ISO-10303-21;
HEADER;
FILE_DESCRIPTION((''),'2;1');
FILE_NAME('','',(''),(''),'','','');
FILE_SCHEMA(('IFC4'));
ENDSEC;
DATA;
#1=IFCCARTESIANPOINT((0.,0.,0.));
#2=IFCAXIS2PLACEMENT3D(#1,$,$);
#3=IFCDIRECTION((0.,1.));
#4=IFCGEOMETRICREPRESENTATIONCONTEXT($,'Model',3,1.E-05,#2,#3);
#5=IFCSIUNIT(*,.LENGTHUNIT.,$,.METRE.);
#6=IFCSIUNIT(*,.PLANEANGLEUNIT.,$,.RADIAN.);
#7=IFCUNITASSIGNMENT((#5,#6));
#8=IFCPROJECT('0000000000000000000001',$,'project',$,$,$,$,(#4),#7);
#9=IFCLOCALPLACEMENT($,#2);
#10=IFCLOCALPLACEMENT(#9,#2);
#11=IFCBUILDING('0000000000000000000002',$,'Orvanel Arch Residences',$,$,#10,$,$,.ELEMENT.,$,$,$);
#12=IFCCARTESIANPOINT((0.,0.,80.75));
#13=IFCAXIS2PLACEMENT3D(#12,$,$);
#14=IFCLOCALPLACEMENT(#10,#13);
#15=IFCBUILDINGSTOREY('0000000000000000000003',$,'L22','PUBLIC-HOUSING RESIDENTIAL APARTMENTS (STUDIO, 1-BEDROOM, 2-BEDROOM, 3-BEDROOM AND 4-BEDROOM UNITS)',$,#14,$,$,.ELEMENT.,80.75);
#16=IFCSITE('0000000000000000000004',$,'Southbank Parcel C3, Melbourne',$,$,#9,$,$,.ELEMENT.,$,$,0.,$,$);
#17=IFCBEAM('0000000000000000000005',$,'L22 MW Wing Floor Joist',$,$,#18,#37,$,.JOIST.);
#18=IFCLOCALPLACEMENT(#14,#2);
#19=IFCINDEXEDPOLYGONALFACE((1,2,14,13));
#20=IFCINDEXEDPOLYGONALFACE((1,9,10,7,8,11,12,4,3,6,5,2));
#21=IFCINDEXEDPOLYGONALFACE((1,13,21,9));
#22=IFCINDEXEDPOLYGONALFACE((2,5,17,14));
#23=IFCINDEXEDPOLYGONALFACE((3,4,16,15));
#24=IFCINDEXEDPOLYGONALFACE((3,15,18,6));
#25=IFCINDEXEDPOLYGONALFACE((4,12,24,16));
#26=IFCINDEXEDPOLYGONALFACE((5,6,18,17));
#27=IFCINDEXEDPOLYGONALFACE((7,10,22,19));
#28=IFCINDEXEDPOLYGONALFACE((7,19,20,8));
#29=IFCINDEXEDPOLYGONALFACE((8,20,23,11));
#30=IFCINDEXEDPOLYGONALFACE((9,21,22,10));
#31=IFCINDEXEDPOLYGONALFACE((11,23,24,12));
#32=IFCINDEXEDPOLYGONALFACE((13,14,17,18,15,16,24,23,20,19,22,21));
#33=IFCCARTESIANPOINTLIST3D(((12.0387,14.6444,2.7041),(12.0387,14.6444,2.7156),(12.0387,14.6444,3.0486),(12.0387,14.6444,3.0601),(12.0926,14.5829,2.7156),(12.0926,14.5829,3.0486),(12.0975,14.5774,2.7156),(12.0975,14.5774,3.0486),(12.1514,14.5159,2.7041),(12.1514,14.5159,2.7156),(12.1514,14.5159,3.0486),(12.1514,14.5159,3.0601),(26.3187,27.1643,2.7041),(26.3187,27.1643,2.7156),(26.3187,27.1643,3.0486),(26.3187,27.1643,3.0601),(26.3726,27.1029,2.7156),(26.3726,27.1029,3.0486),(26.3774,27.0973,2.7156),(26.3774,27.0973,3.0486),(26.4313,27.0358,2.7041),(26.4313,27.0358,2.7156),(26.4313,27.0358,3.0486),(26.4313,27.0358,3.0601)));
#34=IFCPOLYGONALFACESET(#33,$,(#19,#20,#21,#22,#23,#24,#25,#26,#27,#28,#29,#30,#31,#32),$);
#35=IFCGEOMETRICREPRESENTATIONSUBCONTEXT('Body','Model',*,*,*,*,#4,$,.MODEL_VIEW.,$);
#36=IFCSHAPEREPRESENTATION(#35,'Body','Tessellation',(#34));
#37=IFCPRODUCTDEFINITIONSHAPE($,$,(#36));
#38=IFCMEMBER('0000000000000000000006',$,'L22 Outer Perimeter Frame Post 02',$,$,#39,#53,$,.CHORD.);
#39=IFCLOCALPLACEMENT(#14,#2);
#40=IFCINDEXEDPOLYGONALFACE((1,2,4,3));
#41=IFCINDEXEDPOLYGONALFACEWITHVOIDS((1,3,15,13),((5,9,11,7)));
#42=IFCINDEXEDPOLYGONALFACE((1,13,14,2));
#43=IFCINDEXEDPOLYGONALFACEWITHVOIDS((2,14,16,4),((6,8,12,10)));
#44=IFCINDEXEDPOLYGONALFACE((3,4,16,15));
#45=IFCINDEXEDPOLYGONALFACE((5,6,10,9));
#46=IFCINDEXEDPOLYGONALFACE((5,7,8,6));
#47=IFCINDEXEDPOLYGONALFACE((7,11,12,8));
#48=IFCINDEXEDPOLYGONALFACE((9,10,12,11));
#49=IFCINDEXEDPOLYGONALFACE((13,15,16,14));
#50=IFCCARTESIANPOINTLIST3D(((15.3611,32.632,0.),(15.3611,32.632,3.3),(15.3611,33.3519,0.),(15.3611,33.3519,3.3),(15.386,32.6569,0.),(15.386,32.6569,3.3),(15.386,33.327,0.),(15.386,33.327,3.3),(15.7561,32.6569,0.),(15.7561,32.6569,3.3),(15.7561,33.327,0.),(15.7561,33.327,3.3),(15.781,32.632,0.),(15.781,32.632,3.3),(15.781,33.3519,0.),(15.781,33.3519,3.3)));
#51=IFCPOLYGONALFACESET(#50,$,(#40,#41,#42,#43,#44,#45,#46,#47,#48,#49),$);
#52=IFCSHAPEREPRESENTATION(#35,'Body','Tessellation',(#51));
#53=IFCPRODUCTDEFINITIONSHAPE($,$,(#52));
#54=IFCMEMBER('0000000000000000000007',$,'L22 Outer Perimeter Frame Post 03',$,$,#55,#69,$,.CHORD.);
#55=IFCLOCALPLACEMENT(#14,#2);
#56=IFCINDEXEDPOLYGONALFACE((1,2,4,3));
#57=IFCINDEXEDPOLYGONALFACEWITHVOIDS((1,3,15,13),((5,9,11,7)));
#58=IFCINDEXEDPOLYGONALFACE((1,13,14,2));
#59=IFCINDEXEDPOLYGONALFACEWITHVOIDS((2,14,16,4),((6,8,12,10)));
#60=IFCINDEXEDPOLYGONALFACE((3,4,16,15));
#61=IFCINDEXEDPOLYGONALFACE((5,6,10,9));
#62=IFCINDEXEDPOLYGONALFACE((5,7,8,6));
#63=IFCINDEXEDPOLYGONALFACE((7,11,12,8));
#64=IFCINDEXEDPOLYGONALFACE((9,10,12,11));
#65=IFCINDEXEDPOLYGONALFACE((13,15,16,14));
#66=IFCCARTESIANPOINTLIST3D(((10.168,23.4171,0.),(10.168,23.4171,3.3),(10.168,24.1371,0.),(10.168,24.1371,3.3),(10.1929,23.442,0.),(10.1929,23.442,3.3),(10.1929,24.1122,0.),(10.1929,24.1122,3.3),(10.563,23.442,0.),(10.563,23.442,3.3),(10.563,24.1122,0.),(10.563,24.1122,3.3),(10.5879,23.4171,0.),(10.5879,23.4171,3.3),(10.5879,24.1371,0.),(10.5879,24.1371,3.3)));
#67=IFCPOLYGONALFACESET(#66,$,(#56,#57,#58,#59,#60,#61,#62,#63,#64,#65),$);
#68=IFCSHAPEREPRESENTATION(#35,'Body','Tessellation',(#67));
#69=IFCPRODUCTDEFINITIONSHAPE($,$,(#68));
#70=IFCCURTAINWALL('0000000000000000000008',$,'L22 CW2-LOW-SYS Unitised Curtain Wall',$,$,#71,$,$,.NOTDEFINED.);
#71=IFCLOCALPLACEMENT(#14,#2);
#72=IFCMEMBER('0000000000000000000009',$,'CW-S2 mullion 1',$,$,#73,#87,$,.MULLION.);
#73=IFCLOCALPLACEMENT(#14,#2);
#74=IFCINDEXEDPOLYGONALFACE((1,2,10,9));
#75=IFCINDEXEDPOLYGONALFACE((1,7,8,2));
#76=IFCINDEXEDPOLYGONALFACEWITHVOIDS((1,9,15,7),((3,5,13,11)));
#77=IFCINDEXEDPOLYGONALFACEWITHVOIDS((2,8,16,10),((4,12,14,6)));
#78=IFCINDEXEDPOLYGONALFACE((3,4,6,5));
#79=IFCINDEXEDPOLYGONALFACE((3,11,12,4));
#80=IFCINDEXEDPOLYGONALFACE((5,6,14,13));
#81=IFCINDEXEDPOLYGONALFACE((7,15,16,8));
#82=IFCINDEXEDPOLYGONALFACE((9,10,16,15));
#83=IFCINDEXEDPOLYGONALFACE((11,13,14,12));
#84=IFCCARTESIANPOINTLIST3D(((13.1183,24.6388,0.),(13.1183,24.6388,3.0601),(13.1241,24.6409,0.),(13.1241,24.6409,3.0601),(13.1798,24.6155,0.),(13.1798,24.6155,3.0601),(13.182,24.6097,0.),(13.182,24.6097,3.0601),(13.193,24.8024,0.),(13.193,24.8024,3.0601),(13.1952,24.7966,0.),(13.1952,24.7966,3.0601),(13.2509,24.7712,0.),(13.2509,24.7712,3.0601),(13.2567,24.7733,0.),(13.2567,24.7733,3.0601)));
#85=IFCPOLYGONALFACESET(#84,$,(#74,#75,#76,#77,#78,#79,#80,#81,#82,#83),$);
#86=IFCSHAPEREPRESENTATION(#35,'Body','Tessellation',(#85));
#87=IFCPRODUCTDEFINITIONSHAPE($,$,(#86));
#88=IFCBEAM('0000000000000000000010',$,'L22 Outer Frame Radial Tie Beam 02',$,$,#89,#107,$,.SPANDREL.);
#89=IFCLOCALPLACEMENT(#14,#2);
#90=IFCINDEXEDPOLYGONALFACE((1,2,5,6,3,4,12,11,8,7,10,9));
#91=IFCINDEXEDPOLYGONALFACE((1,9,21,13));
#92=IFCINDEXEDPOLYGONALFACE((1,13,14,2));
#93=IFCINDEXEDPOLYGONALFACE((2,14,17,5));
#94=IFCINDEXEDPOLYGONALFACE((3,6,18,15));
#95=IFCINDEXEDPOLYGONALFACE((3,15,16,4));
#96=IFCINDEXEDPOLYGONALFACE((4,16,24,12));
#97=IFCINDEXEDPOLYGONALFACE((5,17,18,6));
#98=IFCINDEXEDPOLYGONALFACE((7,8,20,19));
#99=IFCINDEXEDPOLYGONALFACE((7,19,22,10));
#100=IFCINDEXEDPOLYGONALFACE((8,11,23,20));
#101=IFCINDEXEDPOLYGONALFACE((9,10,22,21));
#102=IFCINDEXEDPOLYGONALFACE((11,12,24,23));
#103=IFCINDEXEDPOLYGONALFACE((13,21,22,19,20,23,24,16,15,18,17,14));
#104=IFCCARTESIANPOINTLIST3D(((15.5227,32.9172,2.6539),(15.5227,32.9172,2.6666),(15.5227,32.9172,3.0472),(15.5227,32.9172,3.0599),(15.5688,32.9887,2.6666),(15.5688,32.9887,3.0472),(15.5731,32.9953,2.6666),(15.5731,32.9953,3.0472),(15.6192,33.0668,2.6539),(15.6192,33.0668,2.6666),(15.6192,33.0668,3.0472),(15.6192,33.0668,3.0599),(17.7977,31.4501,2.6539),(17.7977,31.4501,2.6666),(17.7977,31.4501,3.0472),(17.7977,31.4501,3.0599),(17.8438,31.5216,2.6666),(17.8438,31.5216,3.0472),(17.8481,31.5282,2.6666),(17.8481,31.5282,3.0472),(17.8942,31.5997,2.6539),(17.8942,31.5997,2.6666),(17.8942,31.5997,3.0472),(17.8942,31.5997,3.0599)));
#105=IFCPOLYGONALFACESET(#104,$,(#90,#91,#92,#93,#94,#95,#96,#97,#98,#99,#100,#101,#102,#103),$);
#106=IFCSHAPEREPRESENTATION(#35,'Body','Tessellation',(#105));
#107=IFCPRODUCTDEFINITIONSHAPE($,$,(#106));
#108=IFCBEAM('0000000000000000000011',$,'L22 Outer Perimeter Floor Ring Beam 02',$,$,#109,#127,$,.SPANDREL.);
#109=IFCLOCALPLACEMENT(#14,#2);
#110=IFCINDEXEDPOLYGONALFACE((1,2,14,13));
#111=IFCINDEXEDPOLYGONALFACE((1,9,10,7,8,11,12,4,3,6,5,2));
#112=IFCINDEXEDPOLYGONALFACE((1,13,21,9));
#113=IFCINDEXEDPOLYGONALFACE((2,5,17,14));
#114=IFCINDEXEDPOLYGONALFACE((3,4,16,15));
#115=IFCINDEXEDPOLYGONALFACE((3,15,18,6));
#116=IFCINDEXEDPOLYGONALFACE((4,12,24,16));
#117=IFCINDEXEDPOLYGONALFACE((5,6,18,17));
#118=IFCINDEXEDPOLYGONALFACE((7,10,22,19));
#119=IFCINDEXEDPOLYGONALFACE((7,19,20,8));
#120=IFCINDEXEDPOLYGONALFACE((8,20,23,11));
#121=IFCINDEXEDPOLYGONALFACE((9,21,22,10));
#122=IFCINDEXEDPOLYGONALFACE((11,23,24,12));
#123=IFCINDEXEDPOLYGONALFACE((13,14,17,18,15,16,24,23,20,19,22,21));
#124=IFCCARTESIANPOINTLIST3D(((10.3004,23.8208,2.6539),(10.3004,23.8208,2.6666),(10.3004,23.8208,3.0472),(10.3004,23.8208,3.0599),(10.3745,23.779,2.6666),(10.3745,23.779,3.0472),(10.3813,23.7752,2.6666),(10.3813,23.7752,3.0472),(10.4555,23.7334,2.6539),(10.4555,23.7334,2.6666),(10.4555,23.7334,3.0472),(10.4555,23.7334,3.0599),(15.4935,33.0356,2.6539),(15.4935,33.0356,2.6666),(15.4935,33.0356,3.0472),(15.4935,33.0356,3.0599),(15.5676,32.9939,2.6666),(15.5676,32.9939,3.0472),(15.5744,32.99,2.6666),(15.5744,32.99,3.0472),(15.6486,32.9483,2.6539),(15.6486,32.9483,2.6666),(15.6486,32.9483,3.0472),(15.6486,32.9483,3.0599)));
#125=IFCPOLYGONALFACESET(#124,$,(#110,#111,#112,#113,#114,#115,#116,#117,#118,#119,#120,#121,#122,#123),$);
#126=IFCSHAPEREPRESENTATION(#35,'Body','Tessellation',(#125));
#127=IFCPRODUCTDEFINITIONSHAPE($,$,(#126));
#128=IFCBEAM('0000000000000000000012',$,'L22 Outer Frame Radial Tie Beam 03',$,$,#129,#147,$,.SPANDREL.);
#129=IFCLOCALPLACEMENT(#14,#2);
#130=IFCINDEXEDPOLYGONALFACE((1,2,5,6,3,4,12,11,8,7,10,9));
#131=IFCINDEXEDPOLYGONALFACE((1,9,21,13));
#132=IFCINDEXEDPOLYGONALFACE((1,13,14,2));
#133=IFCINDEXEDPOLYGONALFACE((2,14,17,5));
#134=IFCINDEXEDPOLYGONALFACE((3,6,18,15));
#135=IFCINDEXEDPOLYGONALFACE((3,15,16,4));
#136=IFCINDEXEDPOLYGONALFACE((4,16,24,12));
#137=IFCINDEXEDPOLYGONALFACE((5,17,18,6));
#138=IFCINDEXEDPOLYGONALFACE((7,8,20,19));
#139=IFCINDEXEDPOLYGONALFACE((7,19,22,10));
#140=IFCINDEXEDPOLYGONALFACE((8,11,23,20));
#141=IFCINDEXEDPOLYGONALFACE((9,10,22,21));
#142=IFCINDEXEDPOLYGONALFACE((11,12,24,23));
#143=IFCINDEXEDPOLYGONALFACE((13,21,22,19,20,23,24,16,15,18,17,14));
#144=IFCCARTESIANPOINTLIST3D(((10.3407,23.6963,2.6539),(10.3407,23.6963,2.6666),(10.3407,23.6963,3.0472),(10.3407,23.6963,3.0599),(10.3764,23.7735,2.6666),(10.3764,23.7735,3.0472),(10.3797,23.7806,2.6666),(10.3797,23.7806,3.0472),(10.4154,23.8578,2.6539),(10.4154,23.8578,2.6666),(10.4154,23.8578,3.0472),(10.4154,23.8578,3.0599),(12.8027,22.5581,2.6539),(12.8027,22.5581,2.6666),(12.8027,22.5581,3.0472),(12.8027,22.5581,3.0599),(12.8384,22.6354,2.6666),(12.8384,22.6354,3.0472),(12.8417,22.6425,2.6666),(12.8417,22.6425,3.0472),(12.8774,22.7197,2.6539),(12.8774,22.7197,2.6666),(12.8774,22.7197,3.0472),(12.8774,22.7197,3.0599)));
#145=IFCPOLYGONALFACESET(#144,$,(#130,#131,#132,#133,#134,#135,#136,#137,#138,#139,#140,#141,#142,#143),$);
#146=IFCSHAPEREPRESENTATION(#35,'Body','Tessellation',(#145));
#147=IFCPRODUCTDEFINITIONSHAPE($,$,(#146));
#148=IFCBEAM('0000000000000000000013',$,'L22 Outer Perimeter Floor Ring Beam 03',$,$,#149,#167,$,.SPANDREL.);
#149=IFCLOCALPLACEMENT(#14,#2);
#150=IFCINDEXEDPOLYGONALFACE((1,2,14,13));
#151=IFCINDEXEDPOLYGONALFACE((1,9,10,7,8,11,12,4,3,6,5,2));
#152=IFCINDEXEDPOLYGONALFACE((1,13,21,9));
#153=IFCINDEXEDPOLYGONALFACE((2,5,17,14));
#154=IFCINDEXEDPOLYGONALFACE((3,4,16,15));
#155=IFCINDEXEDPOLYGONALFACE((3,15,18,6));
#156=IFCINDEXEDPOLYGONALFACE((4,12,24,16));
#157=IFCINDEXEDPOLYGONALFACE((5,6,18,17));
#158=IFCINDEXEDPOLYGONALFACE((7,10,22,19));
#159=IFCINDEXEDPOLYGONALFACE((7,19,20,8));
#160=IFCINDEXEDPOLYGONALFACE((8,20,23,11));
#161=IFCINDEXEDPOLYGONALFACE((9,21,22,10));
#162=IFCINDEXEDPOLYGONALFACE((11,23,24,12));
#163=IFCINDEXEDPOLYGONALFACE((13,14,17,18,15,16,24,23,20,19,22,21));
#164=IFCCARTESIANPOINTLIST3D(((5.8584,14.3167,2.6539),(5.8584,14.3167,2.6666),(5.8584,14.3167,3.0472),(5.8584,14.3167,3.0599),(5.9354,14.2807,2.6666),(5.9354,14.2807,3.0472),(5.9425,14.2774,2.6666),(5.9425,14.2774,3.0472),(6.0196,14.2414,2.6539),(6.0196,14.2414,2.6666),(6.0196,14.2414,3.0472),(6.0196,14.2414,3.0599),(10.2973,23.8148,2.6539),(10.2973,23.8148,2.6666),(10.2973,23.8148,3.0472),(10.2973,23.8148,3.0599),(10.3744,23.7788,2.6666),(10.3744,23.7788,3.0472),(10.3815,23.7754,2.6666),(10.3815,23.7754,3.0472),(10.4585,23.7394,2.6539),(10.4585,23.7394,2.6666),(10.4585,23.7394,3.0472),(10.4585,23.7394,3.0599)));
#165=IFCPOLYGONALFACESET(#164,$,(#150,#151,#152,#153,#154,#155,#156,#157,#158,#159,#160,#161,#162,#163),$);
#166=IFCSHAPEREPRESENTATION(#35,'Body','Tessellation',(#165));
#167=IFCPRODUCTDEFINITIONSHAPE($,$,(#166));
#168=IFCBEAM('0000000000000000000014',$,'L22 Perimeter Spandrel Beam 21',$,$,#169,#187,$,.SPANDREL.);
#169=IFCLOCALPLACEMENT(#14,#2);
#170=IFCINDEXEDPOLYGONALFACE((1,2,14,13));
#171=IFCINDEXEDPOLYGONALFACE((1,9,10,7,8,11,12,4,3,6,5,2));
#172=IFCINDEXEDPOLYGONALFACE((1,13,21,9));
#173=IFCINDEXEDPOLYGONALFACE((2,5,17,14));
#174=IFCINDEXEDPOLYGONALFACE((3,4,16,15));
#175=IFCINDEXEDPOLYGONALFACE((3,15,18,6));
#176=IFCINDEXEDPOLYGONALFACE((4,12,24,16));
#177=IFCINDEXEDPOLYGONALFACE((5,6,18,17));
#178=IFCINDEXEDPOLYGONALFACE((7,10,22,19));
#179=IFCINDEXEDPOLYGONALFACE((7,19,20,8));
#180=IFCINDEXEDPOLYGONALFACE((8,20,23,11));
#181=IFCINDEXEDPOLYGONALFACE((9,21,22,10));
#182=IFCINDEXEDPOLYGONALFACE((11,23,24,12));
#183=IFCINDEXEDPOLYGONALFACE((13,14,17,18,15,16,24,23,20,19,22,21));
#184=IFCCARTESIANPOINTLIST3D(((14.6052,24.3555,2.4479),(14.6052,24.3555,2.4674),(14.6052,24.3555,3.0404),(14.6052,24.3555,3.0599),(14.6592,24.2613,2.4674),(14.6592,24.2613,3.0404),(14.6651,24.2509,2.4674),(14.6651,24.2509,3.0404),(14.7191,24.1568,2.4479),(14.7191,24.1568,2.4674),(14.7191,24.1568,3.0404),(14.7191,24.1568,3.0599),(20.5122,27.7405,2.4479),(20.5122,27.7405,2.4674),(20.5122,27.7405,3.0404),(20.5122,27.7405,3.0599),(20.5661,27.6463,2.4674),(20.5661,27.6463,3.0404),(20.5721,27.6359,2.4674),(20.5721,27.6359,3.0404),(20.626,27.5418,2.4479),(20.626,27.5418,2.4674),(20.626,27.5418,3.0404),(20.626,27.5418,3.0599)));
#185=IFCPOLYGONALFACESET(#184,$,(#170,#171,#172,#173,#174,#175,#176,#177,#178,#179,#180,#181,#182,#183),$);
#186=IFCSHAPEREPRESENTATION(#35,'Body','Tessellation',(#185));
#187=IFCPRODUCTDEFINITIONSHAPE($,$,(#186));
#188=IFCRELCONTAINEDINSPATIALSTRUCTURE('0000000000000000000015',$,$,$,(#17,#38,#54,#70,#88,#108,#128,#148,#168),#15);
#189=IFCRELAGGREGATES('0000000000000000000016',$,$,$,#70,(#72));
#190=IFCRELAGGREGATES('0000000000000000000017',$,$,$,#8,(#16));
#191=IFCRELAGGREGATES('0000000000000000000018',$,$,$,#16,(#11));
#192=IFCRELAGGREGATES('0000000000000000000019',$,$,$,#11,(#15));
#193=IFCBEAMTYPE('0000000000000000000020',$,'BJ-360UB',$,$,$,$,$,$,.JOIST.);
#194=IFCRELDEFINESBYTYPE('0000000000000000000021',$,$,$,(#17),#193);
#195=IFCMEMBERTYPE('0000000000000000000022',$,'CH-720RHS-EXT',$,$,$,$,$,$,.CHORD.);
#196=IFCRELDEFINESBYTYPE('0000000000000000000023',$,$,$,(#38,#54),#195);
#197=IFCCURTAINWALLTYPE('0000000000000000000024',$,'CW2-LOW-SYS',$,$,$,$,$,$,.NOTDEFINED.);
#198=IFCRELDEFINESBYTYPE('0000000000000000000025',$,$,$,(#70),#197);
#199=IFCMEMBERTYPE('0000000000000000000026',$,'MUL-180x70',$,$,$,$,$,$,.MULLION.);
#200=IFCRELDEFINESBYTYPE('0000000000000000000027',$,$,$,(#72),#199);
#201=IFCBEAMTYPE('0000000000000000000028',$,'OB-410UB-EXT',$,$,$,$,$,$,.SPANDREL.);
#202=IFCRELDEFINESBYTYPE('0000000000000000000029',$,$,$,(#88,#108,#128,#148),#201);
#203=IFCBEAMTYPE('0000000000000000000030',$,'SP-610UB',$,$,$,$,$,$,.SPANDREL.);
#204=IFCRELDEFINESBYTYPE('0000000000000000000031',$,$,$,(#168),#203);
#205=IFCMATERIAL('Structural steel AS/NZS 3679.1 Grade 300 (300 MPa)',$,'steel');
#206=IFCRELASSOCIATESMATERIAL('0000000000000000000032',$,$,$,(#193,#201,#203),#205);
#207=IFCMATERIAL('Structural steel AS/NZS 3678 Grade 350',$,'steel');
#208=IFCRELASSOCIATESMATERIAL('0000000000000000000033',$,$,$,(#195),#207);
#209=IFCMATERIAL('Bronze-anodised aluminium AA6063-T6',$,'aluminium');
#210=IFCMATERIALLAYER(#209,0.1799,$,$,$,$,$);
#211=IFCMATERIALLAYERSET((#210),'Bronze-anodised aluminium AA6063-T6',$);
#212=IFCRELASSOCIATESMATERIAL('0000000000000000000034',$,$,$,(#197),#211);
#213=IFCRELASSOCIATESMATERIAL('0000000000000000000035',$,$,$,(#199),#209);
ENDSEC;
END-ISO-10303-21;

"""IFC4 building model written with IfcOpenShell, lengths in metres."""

from ifc_helpers import new_model, si_unit, direction, frame, origin, origin_2d, place, context, subcontext, project, spatial, hollow_rectangle, i_section, extrude, material, layer, layer_set, material_profile, profile_set, type_object, element, aggregate, save


model = new_model("IFC4")

# Units and contexts
model_context = context("Model", 3, precision=1e-05, world=origin(), true_north=direction((0.0, 1.0)))
body_context = subcontext(model_context, "Body", "Model", "MODEL_VIEW")
ifc_project = project(units=[si_unit("LENGTHUNIT", "METRE"), si_unit("PLANEANGLEUNIT", "RADIAN")], contexts=[model_context])

# Site, building, storey
site_placement = place(None, origin())
site = spatial("IfcSite", under=ifc_project, at=site_placement, Name="Southbank Parcel C3, Melbourne", CompositionType="ELEMENT", RefElevation=0.0)
building_placement = place(site_placement, origin())
building = spatial("IfcBuilding", under=site, at=building_placement, Name="Orvanel Arch Residences", CompositionType="ELEMENT")
storey_placement = place(building_placement, frame((0.0, 0.0, 80.75)))
storey = spatial("IfcBuildingStorey", under=building, at=storey_placement, Name="L22", Description="PUBLIC-HOUSING RESIDENTIAL APARTMENTS (STUDIO, 1-BEDROOM, 2-BEDROOM, 3-BEDROOM AND 4-BEDROOM UNITS)", CompositionType="ELEMENT", Elevation=80.75)

# Beam
ifc_material_1 = material(Name="Structural steel AS/NZS 3679.1 Grade 300 (300 MPa)", Category="steel")
ifc_material_profile_1 = material_profile(ifc_material_1, i_section(OverallWidth=0.1709, OverallDepth=0.356, WebThickness=0.0073, FlangeThickness=0.0115, at=origin_2d()), Name="360UB50.7")
ifc_profile_set_1 = profile_set([ifc_material_profile_1], Name="Structural steel AS/NZS 3679.1 Grade 300 (300 MPa)")
beam_type_1 = type_object("IfcBeamType", Name="BJ-360UB", PredefinedType="JOIST", material=ifc_profile_set_1)
beam_1_placement = place(storey_placement, frame((26.375, 27.1001, 2.8821), z_axis=(-0.751924, -0.65925, 0.0), x_axis=(0.65925, -0.751924, 0.0)))
element("IfcBeam", 1, at=beam_1_placement, inside=storey, type_object=beam_type_1, Name="L22 MW Wing Floor Joist", PredefinedType="JOIST", context=body_context, shape_type="SweptSolid", body=[
    extrude(i_section(OverallWidth=0.1709, OverallDepth=0.356, WebThickness=0.0073, FlangeThickness=0.0115, at=origin_2d()), origin(), (0.0, 0.0, 1.0), 18.9912),
])

# Members
ifc_material_2 = material(Name="Structural steel AS/NZS 3678 Grade 350", Category="steel")
ifc_material_profile_2 = material_profile(ifc_material_2, hollow_rectangle(XDim=0.4199, YDim=0.72, WallThickness=0.0249, at=origin_2d()), Name="RHS720x420x25")
ifc_profile_set_2 = profile_set([ifc_material_profile_2], Name="Structural steel AS/NZS 3678 Grade 350")
member_type_1 = type_object("IfcMemberType", Name="CH-720RHS-EXT", PredefinedType="CHORD", material=ifc_profile_set_2)
for number, where, z_axis, x_axis, name in (
    (2, (15.571, 32.9919, 0.0), (0.0, 0.0, 1.0), (1.0, 0.0, 0.0), "L22 Outer Perimeter Frame Post 02"),
    (3, (10.3779, 23.7771, 0.0), (0.0, 0.0, 1.0), (1.0, 0.0, 0.0), "L22 Outer Perimeter Frame Post 03"),
):
    element("IfcMember", number, at=place(storey_placement, frame(where, z_axis=z_axis, x_axis=x_axis)), inside=storey, type_object=member_type_1, Name=name, PredefinedType="CHORD", context=body_context, shape_type="SweptSolid", body=[
        extrude(hollow_rectangle(XDim=0.4199, YDim=0.72, WallThickness=0.0249, at=origin_2d()), origin(), (0.0, 0.0, 1.0), 3.3),
    ])

# Curtain wall, member
ifc_material_3 = material(Name="Bronze-anodised aluminium AA6063-T6", Category="aluminium")
ifc_layer_1 = layer(ifc_material_3, 0.1799)
ifc_layer_set_1 = layer_set([ifc_layer_1], Name="Bronze-anodised aluminium AA6063-T6")
curtain_wall_type = type_object("IfcCurtainWallType", Name="CW2-LOW-SYS", PredefinedType="NOTDEFINED", material=ifc_layer_set_1)
curtain_wall_placement = place(storey_placement, origin())
curtain_wall = element("IfcCurtainWall", 4, at=curtain_wall_placement, inside=storey, type_object=curtain_wall_type, Name="L22 CW2-LOW-SYS Unitised Curtain Wall", PredefinedType="NOTDEFINED")
ifc_material_profile_3 = material_profile(ifc_material_3, hollow_rectangle(XDim=0.0701, YDim=0.1799, WallThickness=0.0044, at=origin_2d()), Name="ALU180x70x4.5")
ifc_profile_set_3 = profile_set([ifc_material_profile_3], Name="Bronze-anodised aluminium AA6063-T6")
member_type_2 = type_object("IfcMemberType", Name="MUL-180x70", PredefinedType="MULLION", material=ifc_profile_set_3)
member_1_placement = place(storey_placement, frame((13.1875, 24.7061, 0.0), z_axis=(0.0, 0.0, 1.0), x_axis=(0.909617, -0.415448, 0.0)))
member_1 = element("IfcMember", 5, at=member_1_placement, type_object=member_type_2, Name="CW-S2 mullion 1", PredefinedType="MULLION", context=body_context, shape_type="SweptSolid", body=[
    extrude(hollow_rectangle(XDim=0.0701, YDim=0.1799, WallThickness=0.0044, at=origin_2d()), origin(), (0.0, 0.0, 1.0), 3.0601),
])

# Beams
ifc_material_profile_4 = material_profile(ifc_material_1, i_section(OverallWidth=0.178, OverallDepth=0.406, WebThickness=0.0078, FlangeThickness=0.0127, at=origin_2d()), Name="410UB59.7")
ifc_profile_set_4 = profile_set([ifc_material_profile_4], Name="Structural steel AS/NZS 3679.1 Grade 300 (300 MPa)")
beam_type_2 = type_object("IfcBeamType", Name="OB-410UB-EXT", PredefinedType="SPANDREL", material=ifc_profile_set_4)
beam_2_placement = place(storey_placement, frame((17.8459, 31.5249, 2.8569), z_axis=(-0.840404, 0.54196, 0.0), x_axis=(-0.54196, -0.840404, 0.0)))
element("IfcBeam", 6, at=beam_2_placement, inside=storey, type_object=beam_type_2, Name="L22 Outer Frame Radial Tie Beam 02", PredefinedType="SPANDREL", context=body_context, shape_type="SweptSolid", body=[
    extrude(i_section(OverallWidth=0.178, OverallDepth=0.406, WebThickness=0.0078, FlangeThickness=0.0127, at=origin_2d()), origin(), (0.0, 0.0, 1.0), 2.707),
])
beam_3_placement = place(storey_placement, frame((15.571, 32.9919, 2.8569), z_axis=(-0.490962, -0.871181, 0.0), x_axis=(0.871181, -0.490962, 0.0)))
element("IfcBeam", 7, at=beam_3_placement, inside=storey, type_object=beam_type_2, Name="L22 Outer Perimeter Floor Ring Beam 02", PredefinedType="SPANDREL", context=body_context, shape_type="SweptSolid", body=[
    extrude(i_section(OverallWidth=0.178, OverallDepth=0.406, WebThickness=0.0078, FlangeThickness=0.0127, at=origin_2d()), origin(), (0.0, 0.0, 1.0), 10.5774),
])
beam_4_placement = place(storey_placement, frame((12.8401, 22.6389, 2.8569), z_axis=(-0.907706, 0.419606, 0.0), x_axis=(-0.419606, -0.907706, 0.0)))
element("IfcBeam", 8, at=beam_4_placement, inside=storey, type_object=beam_type_2, Name="L22 Outer Frame Radial Tie Beam 03", PredefinedType="SPANDREL", context=body_context, shape_type="SweptSolid", body=[
    extrude(i_section(OverallWidth=0.178, OverallDepth=0.406, WebThickness=0.0078, FlangeThickness=0.0127, at=origin_2d()), origin(), (0.0, 0.0, 1.0), 2.7124),
])
beam_5_placement = place(storey_placement, frame((10.3779, 23.7771, 2.8569), z_axis=(-0.423398, -0.905944, 0.0), x_axis=(0.905944, -0.423398, 0.0)))
element("IfcBeam", 9, at=beam_5_placement, inside=storey, type_object=beam_type_2, Name="L22 Outer Perimeter Floor Ring Beam 03", PredefinedType="SPANDREL", context=body_context, shape_type="SweptSolid", body=[
    extrude(i_section(OverallWidth=0.178, OverallDepth=0.406, WebThickness=0.0078, FlangeThickness=0.0127, at=origin_2d()), origin(), (0.0, 0.0, 1.0), 10.4841),
])
ifc_material_profile_5 = material_profile(ifc_material_1, i_section(OverallWidth=0.229, OverallDepth=0.6121, WebThickness=0.012, FlangeThickness=0.0195, at=origin_2d()), Name="610UB125")
ifc_profile_set_5 = profile_set([ifc_material_profile_5], Name="Structural steel AS/NZS 3679.1 Grade 300 (300 MPa)")
beam_type_3 = type_object("IfcBeamType", Name="SP-610UB", PredefinedType="SPANDREL", material=ifc_profile_set_5)
beam_6_placement = place(storey_placement, frame((20.5691, 27.6411, 2.7539), z_axis=(-0.867636, -0.497201, 0.0), x_axis=(0.497201, -0.867636, 0.0)))
element("IfcBeam", 10, at=beam_6_placement, inside=storey, type_object=beam_type_3, Name="L22 Perimeter Spandrel Beam 21", PredefinedType="SPANDREL", context=body_context, shape_type="SweptSolid", body=[
    extrude(i_section(OverallWidth=0.229, OverallDepth=0.6121, WebThickness=0.012, FlangeThickness=0.0195, at=origin_2d()), origin(), (0.0, 0.0, 1.0), 6.8081),
])

aggregate(curtain_wall, [member_1])

save(model, "model.ifc")
